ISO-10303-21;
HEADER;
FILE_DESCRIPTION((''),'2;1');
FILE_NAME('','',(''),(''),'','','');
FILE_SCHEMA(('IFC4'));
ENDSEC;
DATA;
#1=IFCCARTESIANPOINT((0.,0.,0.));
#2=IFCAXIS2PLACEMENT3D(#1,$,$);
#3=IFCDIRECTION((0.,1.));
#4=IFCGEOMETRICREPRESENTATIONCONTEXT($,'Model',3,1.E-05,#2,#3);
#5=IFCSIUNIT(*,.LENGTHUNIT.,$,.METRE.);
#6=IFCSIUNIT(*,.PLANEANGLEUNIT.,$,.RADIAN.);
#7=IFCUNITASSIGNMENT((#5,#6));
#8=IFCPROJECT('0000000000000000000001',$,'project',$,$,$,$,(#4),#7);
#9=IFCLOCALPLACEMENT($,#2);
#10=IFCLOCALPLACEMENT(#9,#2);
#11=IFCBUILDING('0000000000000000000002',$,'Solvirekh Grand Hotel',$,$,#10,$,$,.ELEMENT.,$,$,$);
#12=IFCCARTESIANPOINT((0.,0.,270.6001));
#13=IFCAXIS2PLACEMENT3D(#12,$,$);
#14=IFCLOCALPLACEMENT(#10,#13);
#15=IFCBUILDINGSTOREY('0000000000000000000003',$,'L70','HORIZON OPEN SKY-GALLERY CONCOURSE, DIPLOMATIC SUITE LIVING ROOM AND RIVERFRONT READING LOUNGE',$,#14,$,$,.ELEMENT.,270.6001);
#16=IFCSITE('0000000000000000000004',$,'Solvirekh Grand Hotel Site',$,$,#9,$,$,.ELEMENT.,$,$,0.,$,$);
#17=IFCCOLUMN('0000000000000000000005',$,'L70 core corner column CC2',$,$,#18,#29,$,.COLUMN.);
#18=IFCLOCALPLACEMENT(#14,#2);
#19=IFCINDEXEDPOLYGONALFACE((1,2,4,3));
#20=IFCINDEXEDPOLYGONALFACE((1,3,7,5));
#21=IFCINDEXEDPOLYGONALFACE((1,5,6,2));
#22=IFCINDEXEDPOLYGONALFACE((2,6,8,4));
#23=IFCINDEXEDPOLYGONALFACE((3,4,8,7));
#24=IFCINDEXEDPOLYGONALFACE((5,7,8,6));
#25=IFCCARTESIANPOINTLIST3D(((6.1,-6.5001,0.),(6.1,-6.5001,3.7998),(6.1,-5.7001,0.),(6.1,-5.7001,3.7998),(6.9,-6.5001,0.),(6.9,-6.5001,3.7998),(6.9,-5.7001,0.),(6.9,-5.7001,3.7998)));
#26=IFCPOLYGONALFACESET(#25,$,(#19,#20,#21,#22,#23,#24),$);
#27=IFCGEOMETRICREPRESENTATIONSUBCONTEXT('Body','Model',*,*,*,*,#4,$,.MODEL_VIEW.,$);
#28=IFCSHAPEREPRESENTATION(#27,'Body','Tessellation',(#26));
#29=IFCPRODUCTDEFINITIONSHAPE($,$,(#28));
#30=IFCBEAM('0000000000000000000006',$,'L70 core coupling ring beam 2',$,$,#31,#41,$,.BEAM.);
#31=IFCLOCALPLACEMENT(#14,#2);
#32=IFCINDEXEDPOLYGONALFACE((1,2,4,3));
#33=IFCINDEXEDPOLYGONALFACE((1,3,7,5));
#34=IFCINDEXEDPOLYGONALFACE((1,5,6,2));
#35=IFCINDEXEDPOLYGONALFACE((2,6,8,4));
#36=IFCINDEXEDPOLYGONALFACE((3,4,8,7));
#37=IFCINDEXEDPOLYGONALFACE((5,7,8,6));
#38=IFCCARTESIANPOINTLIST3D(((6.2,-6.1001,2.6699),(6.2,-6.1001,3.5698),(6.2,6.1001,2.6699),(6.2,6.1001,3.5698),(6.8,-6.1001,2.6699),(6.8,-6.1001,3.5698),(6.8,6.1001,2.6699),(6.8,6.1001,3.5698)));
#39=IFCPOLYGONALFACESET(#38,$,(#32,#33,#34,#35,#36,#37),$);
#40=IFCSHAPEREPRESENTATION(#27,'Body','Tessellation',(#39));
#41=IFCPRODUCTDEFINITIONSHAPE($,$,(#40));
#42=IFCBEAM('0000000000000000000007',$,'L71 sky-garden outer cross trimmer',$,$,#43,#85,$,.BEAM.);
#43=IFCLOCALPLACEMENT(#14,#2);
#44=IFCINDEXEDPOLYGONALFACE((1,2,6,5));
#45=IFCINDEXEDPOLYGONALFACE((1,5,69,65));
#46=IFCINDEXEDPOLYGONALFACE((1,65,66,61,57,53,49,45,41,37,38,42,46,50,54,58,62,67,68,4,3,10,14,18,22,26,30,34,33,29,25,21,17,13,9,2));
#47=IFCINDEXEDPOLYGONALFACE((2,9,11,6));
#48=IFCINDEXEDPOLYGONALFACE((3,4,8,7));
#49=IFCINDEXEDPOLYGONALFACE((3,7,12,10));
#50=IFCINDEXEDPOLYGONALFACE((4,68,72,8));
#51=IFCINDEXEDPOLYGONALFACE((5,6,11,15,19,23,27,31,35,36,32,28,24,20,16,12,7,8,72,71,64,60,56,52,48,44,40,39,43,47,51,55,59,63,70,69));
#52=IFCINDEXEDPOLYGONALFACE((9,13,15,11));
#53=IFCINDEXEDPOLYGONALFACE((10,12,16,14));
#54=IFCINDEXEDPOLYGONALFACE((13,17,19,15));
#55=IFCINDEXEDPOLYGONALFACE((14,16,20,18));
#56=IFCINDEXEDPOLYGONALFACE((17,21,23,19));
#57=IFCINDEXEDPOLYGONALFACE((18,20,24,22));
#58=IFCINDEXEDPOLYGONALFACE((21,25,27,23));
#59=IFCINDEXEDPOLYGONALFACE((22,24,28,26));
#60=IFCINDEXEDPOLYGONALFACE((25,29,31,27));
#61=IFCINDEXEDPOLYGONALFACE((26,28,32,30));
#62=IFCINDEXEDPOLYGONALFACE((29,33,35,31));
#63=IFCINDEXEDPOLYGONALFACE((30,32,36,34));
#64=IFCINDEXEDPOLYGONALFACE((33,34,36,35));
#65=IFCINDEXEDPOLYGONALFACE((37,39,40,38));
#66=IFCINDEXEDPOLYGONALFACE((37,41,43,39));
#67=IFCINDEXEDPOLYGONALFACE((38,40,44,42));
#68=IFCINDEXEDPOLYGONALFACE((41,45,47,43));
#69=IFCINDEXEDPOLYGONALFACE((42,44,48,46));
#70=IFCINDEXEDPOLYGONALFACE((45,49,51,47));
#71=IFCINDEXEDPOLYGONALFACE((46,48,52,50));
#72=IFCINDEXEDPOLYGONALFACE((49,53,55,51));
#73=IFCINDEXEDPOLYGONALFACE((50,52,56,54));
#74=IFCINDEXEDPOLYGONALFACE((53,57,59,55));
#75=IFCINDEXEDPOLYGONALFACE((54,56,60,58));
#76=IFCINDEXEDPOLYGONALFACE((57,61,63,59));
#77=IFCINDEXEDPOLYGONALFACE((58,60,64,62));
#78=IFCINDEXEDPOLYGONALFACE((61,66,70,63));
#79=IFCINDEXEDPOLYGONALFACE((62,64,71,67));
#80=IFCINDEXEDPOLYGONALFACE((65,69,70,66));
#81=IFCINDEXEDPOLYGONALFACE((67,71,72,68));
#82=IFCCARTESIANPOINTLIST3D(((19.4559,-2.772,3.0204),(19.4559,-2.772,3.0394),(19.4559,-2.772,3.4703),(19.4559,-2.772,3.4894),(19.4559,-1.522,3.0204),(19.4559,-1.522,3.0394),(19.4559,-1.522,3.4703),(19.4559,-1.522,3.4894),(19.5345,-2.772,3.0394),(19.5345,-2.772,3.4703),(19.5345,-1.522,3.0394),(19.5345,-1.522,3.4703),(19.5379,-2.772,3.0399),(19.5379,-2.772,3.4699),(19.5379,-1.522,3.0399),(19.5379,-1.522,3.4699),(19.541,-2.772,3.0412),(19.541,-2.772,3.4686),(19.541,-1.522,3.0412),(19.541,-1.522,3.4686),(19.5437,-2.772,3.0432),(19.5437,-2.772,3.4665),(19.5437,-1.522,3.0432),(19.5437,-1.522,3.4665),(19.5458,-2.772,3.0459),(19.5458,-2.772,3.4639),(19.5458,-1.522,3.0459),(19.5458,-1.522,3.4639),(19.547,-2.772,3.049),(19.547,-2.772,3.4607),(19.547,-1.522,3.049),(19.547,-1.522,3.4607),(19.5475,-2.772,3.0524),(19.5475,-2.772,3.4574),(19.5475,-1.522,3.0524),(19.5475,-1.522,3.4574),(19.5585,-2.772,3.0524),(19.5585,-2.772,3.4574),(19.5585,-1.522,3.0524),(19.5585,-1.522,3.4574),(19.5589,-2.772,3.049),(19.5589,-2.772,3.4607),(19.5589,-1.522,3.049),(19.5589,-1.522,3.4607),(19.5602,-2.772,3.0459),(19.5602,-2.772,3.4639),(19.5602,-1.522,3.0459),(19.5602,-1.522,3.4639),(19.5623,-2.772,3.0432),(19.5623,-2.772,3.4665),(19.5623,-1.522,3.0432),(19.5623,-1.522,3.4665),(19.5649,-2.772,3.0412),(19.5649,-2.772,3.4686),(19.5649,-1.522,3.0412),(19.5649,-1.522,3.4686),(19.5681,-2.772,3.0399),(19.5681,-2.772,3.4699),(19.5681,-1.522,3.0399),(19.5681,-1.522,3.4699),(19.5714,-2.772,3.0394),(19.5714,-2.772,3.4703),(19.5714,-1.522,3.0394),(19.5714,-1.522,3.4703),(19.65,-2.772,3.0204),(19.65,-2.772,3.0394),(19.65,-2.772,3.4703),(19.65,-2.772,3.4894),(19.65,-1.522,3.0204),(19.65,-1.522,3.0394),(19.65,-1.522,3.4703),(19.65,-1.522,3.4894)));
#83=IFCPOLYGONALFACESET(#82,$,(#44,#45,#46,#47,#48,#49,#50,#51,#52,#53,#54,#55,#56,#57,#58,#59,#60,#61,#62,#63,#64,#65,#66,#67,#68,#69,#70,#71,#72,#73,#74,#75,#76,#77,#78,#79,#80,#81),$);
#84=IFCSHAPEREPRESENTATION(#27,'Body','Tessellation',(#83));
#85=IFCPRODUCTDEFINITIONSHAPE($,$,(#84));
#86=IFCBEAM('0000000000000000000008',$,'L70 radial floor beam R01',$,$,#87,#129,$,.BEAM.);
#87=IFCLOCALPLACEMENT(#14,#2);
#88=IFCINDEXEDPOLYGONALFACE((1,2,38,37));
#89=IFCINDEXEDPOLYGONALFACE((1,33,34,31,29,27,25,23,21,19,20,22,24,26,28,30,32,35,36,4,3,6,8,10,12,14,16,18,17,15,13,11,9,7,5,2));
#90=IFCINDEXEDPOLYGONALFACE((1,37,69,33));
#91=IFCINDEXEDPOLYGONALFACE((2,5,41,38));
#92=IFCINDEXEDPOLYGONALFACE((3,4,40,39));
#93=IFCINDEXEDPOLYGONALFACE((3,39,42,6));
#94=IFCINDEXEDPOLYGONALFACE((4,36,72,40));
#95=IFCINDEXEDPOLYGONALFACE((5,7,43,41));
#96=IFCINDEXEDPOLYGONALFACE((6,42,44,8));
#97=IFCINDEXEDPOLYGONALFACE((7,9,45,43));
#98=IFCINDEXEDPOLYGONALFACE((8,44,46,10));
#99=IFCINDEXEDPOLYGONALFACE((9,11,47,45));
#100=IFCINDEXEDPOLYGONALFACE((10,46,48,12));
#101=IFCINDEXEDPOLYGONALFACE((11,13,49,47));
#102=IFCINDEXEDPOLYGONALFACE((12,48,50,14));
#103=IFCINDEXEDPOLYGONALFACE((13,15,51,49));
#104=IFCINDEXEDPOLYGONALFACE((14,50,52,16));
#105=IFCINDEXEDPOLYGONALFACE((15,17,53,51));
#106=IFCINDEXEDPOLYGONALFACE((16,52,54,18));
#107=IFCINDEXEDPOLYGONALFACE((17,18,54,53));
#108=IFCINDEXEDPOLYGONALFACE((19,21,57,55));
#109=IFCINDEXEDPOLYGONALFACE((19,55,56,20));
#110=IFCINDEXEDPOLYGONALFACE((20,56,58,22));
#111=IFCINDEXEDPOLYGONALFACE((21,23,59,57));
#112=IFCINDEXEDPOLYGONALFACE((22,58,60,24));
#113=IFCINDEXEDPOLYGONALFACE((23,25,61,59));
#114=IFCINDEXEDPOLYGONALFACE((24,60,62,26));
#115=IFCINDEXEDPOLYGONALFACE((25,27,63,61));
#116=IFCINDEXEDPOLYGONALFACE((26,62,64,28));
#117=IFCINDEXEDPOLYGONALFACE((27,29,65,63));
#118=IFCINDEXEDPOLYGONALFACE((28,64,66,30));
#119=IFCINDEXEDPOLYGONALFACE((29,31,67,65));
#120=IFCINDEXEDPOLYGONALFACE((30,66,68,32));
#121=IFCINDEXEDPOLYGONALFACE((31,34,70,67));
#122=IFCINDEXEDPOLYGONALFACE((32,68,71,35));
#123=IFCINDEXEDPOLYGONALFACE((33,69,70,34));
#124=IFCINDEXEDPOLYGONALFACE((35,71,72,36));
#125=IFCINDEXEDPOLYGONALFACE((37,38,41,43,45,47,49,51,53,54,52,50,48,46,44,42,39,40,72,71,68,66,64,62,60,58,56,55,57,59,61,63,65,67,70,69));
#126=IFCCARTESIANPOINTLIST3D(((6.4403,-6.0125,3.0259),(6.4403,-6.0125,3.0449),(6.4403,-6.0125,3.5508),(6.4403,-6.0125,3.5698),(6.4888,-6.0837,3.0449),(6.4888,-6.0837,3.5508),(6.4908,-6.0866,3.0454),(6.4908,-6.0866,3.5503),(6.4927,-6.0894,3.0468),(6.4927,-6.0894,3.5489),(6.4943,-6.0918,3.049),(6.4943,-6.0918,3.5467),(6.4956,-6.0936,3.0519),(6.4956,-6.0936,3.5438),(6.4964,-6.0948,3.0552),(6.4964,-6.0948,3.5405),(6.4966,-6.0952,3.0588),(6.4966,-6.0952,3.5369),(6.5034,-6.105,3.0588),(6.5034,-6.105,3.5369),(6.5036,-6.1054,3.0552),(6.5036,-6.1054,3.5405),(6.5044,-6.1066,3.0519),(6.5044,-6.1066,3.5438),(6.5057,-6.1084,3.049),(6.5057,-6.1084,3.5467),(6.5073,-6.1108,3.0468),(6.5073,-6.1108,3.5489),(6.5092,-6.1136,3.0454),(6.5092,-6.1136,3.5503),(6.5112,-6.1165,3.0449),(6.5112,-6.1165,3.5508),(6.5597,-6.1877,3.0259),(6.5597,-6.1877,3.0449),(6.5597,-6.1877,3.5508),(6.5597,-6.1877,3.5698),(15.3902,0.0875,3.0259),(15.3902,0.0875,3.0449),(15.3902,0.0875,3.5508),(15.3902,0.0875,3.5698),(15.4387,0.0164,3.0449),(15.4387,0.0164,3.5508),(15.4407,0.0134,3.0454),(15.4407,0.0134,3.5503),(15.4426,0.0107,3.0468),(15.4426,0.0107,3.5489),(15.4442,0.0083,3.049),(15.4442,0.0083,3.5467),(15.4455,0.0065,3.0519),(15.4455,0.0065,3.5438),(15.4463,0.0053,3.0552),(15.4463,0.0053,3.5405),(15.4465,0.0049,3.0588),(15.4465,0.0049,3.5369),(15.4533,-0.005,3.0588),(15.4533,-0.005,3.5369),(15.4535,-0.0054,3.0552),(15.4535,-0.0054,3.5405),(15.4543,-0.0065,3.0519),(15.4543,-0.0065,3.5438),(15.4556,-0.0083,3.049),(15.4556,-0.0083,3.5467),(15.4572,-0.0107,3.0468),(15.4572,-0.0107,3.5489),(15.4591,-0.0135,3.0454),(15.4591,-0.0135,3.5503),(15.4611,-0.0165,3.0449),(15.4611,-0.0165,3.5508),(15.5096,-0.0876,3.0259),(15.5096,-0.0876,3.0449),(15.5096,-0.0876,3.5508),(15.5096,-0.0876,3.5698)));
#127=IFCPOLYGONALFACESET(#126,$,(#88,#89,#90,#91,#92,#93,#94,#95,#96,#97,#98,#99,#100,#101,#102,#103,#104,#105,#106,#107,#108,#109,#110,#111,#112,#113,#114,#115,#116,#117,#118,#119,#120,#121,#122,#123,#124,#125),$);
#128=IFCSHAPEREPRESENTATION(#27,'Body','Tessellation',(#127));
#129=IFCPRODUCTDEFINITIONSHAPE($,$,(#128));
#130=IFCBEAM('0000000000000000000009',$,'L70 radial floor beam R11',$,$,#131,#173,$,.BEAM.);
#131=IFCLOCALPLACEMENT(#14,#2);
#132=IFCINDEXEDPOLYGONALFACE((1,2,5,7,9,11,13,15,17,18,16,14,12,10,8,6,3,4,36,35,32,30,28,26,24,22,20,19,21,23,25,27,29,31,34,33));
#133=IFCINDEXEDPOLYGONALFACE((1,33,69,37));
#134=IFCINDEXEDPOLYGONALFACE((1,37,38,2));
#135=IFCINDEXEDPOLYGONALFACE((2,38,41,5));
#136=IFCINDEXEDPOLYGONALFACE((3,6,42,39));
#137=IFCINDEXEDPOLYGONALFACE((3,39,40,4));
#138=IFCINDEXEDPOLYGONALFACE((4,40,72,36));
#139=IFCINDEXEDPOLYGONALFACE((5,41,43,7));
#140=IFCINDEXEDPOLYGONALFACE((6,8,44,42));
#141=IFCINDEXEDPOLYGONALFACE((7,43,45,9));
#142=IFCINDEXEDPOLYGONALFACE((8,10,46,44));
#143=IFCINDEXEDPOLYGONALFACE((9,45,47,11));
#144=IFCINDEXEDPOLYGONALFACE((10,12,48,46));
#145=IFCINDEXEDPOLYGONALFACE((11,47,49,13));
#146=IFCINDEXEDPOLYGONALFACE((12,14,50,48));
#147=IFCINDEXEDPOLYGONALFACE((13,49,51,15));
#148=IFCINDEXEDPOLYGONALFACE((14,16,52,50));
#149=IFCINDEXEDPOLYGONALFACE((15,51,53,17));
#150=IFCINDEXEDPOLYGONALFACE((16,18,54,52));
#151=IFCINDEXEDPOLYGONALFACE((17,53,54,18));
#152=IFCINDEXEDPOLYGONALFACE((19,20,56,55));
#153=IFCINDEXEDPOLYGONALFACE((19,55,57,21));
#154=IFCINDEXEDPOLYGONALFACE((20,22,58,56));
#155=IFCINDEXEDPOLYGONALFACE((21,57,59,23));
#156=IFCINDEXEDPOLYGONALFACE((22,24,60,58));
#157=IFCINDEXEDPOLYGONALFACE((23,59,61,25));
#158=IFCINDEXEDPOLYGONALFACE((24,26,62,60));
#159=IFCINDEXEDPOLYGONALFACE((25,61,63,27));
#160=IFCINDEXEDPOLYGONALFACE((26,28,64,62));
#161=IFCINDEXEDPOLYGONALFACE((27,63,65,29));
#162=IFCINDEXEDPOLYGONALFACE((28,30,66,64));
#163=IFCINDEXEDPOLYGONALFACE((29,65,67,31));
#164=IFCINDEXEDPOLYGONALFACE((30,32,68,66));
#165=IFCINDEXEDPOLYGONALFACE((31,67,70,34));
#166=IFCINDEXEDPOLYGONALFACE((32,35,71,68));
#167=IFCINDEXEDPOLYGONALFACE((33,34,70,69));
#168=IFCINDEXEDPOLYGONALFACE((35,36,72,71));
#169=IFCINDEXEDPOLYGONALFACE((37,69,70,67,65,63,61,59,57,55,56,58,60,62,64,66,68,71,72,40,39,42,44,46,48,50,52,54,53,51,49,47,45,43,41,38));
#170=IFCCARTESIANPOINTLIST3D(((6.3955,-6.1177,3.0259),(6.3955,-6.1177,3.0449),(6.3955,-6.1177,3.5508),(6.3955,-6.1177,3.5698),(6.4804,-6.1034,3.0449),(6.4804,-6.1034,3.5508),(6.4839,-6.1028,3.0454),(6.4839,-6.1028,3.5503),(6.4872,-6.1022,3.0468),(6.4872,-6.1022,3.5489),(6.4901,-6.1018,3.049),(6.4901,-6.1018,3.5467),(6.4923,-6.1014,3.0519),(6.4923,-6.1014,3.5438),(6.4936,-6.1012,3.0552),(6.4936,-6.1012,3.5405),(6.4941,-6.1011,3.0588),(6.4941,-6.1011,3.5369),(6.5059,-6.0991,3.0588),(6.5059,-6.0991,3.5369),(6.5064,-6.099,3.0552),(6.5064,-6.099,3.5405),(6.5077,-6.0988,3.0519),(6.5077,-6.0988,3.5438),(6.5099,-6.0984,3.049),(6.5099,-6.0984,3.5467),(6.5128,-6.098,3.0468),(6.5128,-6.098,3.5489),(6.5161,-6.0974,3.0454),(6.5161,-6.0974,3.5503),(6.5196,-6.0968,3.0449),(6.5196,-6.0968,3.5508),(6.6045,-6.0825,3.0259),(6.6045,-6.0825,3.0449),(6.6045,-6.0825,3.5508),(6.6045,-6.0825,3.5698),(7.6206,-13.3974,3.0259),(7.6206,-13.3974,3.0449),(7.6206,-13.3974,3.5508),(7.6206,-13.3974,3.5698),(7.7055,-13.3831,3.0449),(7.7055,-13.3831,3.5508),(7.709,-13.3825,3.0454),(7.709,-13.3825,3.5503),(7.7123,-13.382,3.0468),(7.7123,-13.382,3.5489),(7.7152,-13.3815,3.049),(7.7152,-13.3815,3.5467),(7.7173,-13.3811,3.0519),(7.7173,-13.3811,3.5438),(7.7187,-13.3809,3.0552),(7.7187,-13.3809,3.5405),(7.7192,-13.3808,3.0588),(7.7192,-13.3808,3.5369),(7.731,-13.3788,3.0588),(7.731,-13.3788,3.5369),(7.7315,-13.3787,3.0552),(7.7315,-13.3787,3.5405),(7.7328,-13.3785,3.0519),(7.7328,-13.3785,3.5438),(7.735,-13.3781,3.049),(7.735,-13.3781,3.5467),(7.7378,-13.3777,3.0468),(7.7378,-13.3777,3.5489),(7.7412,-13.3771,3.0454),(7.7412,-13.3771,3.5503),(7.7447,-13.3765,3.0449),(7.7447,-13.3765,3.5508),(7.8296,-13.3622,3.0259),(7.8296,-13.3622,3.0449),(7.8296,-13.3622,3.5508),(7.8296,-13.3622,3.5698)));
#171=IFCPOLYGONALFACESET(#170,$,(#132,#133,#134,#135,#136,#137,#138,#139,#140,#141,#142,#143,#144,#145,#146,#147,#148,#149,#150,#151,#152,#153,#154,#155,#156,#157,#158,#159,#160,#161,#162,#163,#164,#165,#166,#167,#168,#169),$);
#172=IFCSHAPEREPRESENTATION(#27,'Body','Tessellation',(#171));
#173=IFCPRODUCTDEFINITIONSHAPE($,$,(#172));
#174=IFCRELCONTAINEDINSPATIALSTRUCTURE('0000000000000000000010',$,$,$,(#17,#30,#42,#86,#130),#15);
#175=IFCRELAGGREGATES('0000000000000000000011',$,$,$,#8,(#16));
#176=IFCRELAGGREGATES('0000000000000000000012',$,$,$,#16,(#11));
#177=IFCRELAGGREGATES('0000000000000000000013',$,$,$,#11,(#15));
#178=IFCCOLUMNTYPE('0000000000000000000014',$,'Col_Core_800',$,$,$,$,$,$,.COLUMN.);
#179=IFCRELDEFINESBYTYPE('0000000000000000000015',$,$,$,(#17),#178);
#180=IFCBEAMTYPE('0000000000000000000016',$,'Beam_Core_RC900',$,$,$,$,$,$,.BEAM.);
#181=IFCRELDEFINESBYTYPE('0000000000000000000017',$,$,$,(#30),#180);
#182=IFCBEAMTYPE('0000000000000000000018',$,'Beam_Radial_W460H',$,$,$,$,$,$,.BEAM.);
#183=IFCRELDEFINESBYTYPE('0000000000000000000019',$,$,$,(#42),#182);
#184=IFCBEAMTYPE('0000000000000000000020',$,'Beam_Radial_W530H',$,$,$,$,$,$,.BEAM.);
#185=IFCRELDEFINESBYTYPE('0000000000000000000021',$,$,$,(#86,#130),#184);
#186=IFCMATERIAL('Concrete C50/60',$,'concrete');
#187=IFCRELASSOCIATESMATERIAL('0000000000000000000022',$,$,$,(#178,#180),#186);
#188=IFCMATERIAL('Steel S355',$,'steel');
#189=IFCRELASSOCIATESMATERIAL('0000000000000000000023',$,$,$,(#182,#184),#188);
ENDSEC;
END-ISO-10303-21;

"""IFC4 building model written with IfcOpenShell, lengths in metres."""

from ifc_helpers import new_model, si_unit, direction, frame, origin, origin_2d, place, context, subcontext, project, spatial, rectangle, i_section, extrude, material, material_profile, profile_set, type_object, element, save


model = new_model("IFC4")

# Units and contexts
model_context = context("Model", 3, precision=1e-05, world=origin(), true_north=direction((0.0, 1.0)))
body_context = subcontext(model_context, "Body", "Model", "MODEL_VIEW")
ifc_project = project(units=[si_unit("LENGTHUNIT", "METRE"), si_unit("PLANEANGLEUNIT", "RADIAN")], contexts=[model_context])

# Site, building, storey
site_placement = place(None, origin())
site = spatial("IfcSite", under=ifc_project, at=site_placement, Name="Solvirekh Grand Hotel Site", CompositionType="ELEMENT", RefElevation=0.0)
building_placement = place(site_placement, origin())
building = spatial("IfcBuilding", under=site, at=building_placement, Name="Solvirekh Grand Hotel", CompositionType="ELEMENT")
storey_placement = place(building_placement, frame((0.0, 0.0, 270.6001)))
storey = spatial("IfcBuildingStorey", under=building, at=storey_placement, Name="L70", Description="HORIZON OPEN SKY-GALLERY CONCOURSE, DIPLOMATIC SUITE LIVING ROOM AND RIVERFRONT READING LOUNGE", CompositionType="ELEMENT", Elevation=270.6001)

# Column
ifc_material_1 = material(Name="Concrete C50/60", Category="concrete")
ifc_material_profile_1 = material_profile(ifc_material_1, rectangle(XDim=0.8, YDim=0.8, at=origin_2d()), Name="RC 800X800")
ifc_profile_set_1 = profile_set([ifc_material_profile_1], Name="Concrete C50/60")
column_type = type_object("IfcColumnType", Name="Col_Core_800", PredefinedType="COLUMN", material=ifc_profile_set_1)
column_placement = place(storey_placement, frame((6.5, -6.1001, 0.0), z_axis=(0.0, 0.0, 1.0), x_axis=(1.0, 0.0, 0.0)))
element("IfcColumn", 1, at=column_placement, inside=storey, type_object=column_type, Name="L70 core corner column CC2", PredefinedType="COLUMN", context=body_context, shape_type="SweptSolid", body=[
    extrude(rectangle(XDim=0.8, YDim=0.8, at=origin_2d()), origin(), (0.0, 0.0, 1.0), 3.7998),
])

# Beams
ifc_material_profile_2 = material_profile(ifc_material_1, rectangle(XDim=0.6001, YDim=0.8999, at=origin_2d()), Name="RC BEAM 600X900")
ifc_profile_set_2 = profile_set([ifc_material_profile_2], Name="Concrete C50/60")
beam_type_1 = type_object("IfcBeamType", Name="Beam_Core_RC900", PredefinedType="BEAM", material=ifc_profile_set_2)
beam_1_placement = place(storey_placement, frame((6.5, -6.1001, 3.1199), z_axis=(0.0, 1.0, 0.0), x_axis=(-1.0, 0.0, 0.0)))
element("IfcBeam", 2, at=beam_1_placement, inside=storey, type_object=beam_type_1, Name="L70 core coupling ring beam 2", PredefinedType="BEAM", context=body_context, shape_type="SweptSolid", body=[
    extrude(rectangle(XDim=0.6001, YDim=0.8999, at=origin_2d()), origin(), (0.0, 0.0, 1.0), 12.2002),
])
ifc_material_2 = material(Name="Steel S355", Category="steel")
ifc_material_profile_3 = material_profile(ifc_material_2, i_section(OverallWidth=0.1941, OverallDepth=0.469, WebThickness=0.011, FlangeThickness=0.019, FilletRadius=0.0129, at=origin_2d()), Name="W460X106")
ifc_profile_set_3 = profile_set([ifc_material_profile_3], Name="Steel S355")
beam_type_2 = type_object("IfcBeamType", Name="Beam_Radial_W460H", PredefinedType="BEAM", material=ifc_profile_set_3)
beam_2_placement = place(storey_placement, frame((19.553, -2.772, 3.2549), z_axis=(0.0, 1.0, 0.0), x_axis=(-1.0, 0.0, 0.0)))
element("IfcBeam", 3, at=beam_2_placement, inside=storey, type_object=beam_type_2, Name="L71 sky-garden outer cross trimmer", PredefinedType="BEAM", context=body_context, shape_type="SweptSolid", body=[
    extrude(i_section(OverallWidth=0.1941, OverallDepth=0.469, WebThickness=0.011, FlangeThickness=0.019, FilletRadius=0.0129, at=origin_2d()), origin(), (0.0, 0.0, 1.0), 1.25),
])
ifc_material_profile_4 = material_profile(ifc_material_2, i_section(OverallWidth=0.2119, OverallDepth=0.5439, WebThickness=0.012, FlangeThickness=0.019, FilletRadius=0.0139, at=origin_2d()), Name="W530X123")
ifc_profile_set_4 = profile_set([ifc_material_profile_4], Name="Steel S355")
beam_type_3 = type_object("IfcBeamType", Name="Beam_Radial_W530H", PredefinedType="BEAM", material=ifc_profile_set_4)
beam_3_placement = place(storey_placement, frame((6.5, -6.1001, 3.2979), z_axis=(0.826319, 0.563202, 0.0), x_axis=(-0.563202, 0.826319, 0.0)))
element("IfcBeam", 4, at=beam_3_placement, inside=storey, type_object=beam_type_3, Name="L70 radial floor beam R01", PredefinedType="BEAM", context=body_context, shape_type="SweptSolid", body=[
    extrude(i_section(OverallWidth=0.2119, OverallDepth=0.5439, WebThickness=0.012, FlangeThickness=0.019, FilletRadius=0.0139, at=origin_2d()), origin(), (0.0, 0.0, 1.0), 10.8311),
])
beam_4_placement = place(storey_placement, frame((6.5, -6.1001, 3.2979), z_axis=(0.165954, -0.986133, 0.0), x_axis=(0.986133, 0.165954, 0.0)))
element("IfcBeam", 5, at=beam_4_placement, inside=storey, type_object=beam_type_3, Name="L70 radial floor beam R11", PredefinedType="BEAM", context=body_context, shape_type="SweptSolid", body=[
    extrude(i_section(OverallWidth=0.2119, OverallDepth=0.5439, WebThickness=0.012, FlangeThickness=0.019, FilletRadius=0.0139, at=origin_2d()), origin(), (0.0, 0.0, 1.0), 7.3821),
])

save(model, "model.ifc")
